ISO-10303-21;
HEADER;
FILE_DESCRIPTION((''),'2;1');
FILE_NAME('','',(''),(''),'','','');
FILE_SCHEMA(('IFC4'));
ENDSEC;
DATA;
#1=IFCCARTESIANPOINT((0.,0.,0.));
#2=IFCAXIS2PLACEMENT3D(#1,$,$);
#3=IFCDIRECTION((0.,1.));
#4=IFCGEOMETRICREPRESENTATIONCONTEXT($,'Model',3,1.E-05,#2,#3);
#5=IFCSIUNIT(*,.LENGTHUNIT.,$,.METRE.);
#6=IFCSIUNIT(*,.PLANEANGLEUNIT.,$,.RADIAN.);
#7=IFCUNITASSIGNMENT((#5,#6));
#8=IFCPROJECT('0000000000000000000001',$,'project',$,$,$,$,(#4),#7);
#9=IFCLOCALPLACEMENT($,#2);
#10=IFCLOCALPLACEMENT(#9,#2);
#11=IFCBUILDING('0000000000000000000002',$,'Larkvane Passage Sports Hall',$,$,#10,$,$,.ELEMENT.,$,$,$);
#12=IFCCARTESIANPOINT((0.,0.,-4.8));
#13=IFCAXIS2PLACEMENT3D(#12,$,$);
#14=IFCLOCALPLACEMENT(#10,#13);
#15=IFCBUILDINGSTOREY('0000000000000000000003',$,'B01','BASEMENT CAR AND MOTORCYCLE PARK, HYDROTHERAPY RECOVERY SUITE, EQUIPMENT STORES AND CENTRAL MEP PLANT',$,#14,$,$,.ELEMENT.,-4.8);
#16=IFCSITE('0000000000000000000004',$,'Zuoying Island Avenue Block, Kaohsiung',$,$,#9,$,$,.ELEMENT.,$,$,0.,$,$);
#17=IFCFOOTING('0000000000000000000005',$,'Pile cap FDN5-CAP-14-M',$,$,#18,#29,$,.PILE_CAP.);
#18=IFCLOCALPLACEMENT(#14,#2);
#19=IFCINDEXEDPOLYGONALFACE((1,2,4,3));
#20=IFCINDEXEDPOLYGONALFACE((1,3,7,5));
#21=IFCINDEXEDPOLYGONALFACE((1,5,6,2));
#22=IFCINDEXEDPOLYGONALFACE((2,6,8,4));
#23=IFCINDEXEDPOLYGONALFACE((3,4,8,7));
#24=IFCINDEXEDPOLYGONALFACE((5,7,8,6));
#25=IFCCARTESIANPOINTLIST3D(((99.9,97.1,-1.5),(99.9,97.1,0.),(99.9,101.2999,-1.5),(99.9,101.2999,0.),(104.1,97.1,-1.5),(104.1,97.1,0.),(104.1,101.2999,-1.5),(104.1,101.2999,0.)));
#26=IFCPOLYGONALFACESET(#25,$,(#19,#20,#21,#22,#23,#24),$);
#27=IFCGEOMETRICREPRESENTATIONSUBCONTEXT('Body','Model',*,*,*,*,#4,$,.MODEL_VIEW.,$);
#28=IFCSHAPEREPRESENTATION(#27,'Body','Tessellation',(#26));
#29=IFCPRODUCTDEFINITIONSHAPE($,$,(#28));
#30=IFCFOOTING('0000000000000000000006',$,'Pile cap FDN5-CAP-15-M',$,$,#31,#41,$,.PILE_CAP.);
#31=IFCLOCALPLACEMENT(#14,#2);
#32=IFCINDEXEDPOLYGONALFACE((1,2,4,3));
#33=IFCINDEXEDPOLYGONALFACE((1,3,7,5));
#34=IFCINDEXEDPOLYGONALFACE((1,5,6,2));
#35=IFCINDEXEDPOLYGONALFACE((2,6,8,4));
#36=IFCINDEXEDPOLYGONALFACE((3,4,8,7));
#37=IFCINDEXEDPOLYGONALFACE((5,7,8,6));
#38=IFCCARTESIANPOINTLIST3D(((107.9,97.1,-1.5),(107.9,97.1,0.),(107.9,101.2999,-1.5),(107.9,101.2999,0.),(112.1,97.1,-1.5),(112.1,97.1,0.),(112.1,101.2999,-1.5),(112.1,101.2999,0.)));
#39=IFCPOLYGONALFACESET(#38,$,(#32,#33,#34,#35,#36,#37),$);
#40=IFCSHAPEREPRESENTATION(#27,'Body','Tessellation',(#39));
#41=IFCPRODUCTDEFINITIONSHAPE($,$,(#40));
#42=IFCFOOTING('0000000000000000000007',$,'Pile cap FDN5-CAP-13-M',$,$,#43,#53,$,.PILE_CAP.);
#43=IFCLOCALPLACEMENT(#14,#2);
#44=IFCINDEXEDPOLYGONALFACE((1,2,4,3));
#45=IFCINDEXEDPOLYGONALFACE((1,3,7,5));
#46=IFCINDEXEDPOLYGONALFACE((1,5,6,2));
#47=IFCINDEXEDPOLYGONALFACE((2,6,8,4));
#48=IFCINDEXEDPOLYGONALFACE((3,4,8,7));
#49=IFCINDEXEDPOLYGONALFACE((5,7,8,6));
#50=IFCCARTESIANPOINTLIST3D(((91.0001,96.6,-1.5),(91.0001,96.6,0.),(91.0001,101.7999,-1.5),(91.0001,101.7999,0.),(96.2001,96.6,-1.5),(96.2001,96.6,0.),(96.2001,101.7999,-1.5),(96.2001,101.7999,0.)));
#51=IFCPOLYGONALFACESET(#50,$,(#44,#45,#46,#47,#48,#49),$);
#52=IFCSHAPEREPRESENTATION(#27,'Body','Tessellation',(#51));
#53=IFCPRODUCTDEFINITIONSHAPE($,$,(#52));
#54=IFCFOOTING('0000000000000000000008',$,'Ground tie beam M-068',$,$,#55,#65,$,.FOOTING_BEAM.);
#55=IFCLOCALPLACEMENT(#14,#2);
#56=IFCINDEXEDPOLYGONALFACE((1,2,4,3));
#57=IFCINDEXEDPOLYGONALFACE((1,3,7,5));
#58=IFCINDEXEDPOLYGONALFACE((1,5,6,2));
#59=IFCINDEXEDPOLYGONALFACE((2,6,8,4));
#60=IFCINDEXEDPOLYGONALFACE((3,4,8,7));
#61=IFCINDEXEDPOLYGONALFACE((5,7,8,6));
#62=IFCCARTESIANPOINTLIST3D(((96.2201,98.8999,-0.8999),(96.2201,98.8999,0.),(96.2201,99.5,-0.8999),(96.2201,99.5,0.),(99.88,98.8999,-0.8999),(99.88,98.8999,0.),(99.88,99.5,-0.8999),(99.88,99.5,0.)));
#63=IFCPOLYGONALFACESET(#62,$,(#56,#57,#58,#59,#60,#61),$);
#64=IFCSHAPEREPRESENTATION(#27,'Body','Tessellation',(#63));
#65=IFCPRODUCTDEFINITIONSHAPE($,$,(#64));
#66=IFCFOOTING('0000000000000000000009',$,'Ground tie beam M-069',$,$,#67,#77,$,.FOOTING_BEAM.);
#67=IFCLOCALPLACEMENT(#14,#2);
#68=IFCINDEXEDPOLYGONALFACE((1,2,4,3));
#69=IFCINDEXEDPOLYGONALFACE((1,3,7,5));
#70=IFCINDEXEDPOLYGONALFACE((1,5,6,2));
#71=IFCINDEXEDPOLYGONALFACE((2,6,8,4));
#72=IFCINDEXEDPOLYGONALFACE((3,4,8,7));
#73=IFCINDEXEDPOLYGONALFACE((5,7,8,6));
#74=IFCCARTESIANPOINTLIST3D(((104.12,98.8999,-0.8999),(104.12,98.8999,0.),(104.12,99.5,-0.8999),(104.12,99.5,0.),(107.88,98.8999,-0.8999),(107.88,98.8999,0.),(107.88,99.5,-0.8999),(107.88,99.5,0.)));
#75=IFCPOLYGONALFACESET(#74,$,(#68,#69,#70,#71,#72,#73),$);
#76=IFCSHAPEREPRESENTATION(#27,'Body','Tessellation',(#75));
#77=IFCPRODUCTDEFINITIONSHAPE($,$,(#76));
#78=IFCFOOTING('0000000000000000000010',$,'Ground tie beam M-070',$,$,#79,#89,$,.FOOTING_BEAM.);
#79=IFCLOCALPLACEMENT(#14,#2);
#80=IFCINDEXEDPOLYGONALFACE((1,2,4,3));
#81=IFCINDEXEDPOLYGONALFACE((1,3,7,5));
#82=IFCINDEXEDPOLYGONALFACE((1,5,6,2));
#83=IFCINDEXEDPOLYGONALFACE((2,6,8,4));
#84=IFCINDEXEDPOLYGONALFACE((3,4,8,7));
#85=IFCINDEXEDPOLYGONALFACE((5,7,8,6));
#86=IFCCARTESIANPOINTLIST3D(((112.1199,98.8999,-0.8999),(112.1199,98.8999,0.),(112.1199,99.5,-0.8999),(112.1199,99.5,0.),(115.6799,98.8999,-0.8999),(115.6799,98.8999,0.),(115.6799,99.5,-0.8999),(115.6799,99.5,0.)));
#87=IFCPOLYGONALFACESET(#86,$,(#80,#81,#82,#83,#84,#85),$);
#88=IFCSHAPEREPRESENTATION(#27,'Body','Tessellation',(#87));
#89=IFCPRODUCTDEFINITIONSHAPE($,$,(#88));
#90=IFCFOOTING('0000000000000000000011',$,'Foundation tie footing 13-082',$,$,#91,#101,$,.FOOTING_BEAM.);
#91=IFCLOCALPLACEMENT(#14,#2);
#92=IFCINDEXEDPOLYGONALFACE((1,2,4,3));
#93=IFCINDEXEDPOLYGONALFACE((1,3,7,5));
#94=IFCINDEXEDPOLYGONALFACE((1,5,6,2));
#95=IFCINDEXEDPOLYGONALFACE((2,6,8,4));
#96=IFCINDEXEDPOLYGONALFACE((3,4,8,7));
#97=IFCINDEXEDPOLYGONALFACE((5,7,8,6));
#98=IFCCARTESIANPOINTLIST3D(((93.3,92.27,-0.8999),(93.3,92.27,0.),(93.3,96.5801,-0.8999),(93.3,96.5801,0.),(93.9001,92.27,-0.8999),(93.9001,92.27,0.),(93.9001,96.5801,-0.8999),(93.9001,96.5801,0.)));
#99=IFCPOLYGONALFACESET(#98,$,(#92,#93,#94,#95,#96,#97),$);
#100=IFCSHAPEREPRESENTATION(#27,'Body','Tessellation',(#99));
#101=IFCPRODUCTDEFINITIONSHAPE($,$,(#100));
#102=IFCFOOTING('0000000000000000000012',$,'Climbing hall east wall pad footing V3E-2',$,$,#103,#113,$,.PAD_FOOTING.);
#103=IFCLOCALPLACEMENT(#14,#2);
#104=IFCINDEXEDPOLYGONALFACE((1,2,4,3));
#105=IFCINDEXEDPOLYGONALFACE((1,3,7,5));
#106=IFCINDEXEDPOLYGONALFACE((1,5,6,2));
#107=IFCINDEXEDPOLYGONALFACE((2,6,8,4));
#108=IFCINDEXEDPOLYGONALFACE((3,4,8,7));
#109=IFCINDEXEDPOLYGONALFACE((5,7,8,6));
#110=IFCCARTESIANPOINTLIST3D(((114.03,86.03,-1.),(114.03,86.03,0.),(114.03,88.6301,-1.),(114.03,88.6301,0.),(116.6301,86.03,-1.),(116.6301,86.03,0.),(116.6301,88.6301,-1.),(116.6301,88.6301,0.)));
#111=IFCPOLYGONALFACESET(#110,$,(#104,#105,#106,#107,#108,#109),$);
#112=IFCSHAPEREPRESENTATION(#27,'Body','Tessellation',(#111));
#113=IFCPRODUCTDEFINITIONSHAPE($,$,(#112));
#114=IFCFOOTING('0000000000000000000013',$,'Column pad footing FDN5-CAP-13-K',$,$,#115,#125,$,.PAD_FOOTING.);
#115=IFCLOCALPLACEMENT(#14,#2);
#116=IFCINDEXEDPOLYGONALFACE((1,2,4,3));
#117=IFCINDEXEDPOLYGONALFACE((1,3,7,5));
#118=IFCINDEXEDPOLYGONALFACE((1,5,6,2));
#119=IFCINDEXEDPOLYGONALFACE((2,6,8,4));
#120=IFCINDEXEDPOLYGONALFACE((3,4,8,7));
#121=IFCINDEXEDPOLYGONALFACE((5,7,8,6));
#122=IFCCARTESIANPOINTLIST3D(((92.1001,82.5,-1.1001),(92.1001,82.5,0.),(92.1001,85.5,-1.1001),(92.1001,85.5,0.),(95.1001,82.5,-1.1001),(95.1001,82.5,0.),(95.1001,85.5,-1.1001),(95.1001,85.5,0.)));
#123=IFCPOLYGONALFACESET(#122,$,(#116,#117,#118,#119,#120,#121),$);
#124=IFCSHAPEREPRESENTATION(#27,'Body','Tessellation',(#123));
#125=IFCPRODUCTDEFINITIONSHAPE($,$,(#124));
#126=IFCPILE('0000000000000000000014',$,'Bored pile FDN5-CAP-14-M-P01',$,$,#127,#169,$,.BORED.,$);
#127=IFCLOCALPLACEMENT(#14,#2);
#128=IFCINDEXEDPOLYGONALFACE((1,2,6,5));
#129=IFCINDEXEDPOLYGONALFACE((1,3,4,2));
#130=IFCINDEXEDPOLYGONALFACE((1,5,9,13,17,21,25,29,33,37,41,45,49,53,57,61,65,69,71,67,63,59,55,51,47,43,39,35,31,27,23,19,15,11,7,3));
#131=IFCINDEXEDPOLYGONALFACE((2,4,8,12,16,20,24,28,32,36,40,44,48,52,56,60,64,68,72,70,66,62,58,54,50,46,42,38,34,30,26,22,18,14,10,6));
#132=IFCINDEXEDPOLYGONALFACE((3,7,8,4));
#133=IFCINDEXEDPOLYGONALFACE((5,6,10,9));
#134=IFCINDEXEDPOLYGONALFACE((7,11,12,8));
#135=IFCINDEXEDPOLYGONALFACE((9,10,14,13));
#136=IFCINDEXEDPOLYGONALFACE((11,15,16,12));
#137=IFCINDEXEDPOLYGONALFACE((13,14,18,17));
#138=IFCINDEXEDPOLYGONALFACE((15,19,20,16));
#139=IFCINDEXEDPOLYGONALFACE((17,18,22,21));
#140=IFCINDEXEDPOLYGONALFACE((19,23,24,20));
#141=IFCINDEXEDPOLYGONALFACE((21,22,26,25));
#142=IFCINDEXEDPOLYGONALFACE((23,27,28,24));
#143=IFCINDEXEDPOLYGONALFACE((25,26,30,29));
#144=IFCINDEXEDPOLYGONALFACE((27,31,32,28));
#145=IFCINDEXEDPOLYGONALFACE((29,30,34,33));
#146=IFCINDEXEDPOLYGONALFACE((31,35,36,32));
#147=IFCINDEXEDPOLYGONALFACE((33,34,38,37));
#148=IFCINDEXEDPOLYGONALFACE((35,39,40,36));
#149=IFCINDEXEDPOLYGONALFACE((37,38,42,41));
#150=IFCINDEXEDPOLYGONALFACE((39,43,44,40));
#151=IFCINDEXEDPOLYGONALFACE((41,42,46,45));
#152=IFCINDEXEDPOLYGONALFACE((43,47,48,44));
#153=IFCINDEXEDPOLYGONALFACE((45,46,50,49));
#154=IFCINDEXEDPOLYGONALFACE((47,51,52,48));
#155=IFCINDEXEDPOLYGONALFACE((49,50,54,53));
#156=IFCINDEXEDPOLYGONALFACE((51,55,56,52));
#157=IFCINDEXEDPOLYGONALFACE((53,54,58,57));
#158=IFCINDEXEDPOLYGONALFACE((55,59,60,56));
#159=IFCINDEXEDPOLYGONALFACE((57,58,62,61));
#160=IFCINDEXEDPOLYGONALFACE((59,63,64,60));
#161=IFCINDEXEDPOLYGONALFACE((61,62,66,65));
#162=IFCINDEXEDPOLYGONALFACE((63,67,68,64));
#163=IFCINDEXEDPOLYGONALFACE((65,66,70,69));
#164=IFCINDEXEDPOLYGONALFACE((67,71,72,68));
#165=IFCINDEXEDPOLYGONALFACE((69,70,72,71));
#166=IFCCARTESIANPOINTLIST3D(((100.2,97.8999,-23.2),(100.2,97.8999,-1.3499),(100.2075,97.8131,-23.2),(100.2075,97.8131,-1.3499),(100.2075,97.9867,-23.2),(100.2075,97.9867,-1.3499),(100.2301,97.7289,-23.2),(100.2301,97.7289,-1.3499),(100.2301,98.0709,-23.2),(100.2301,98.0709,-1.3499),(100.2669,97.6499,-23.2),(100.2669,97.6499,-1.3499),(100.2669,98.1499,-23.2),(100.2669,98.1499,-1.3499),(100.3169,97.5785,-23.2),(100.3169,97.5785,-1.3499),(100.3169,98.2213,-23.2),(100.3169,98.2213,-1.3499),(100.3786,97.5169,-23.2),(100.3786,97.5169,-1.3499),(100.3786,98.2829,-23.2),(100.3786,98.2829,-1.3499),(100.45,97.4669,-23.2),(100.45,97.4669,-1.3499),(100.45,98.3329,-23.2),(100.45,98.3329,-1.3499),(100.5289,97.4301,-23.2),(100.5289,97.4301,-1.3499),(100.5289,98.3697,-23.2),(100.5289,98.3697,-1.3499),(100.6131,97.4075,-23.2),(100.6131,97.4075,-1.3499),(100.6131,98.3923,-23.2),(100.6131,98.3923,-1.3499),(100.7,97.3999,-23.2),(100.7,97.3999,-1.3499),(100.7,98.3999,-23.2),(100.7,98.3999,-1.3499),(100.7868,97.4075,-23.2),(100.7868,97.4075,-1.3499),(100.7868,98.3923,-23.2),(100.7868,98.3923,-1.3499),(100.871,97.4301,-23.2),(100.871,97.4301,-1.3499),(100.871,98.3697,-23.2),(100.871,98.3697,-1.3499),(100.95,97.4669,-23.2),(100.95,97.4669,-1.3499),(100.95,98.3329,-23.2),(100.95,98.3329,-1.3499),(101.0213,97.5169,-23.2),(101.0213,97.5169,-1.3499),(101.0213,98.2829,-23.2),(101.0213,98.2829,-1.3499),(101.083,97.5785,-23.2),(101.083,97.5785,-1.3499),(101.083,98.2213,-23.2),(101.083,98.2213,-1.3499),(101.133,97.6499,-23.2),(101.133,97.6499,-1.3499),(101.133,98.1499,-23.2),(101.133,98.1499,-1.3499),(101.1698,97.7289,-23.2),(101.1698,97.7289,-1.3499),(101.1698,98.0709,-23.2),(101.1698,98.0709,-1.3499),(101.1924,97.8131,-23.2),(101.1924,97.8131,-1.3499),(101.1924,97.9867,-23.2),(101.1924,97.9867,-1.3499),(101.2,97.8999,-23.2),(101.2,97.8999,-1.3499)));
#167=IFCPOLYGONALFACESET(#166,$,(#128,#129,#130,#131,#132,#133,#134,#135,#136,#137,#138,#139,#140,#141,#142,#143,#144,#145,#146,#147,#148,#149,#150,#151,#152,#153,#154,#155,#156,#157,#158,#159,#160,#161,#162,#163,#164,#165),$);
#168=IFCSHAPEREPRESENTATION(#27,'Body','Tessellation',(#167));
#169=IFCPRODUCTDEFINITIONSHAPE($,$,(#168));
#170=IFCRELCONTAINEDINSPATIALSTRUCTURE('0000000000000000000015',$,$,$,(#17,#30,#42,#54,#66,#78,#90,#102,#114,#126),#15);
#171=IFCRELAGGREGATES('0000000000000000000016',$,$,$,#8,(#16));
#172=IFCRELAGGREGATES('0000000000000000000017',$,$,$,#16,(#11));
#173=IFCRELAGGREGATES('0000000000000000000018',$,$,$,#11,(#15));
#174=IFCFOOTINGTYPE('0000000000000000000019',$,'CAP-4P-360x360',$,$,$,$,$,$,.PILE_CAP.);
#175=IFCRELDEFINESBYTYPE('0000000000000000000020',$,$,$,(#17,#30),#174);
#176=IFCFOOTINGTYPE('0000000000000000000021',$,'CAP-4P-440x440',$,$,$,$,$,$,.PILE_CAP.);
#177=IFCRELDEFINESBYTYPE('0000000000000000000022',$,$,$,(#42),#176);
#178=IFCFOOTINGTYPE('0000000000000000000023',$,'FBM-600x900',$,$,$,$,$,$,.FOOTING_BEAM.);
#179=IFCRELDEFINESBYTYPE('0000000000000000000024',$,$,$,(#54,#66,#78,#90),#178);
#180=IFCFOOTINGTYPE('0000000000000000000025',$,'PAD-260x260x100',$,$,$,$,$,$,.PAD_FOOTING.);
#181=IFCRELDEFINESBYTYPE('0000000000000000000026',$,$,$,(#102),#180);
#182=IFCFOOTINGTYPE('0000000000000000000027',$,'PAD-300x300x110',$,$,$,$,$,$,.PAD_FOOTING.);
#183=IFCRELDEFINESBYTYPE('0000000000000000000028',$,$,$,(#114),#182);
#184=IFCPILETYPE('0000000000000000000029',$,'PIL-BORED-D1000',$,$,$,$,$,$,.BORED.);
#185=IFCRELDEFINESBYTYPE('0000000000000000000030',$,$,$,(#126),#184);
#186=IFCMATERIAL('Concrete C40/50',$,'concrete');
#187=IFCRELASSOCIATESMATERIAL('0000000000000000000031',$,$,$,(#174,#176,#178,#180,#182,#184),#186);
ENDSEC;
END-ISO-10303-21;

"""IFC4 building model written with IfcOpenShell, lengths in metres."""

from ifc_helpers import new_model, si_unit, direction, frame, origin, origin_2d, place, context, subcontext, project, spatial, rectangle, circle, extrude, material, material_profile, profile_set, type_object, element, save


model = new_model("IFC4")

# Units and contexts
model_context = context("Model", 3, precision=1e-05, world=origin(), true_north=direction((0.0, 1.0)))
body_context = subcontext(model_context, "Body", "Model", "MODEL_VIEW")
ifc_project = project(units=[si_unit("LENGTHUNIT", "METRE"), si_unit("PLANEANGLEUNIT", "RADIAN")], contexts=[model_context])

# Site, building, storey
site_placement = place(None, origin())
site = spatial("IfcSite", under=ifc_project, at=site_placement, Name="Zuoying Island Avenue Block, Kaohsiung", CompositionType="ELEMENT", RefElevation=0.0)
building_placement = place(site_placement, origin())
building = spatial("IfcBuilding", under=site, at=building_placement, Name="Larkvane Passage Sports Hall", CompositionType="ELEMENT")
storey_placement = place(building_placement, frame((0.0, 0.0, -4.8)))
storey = spatial("IfcBuildingStorey", under=building, at=storey_placement, Name="B01", Description="BASEMENT CAR AND MOTORCYCLE PARK, HYDROTHERAPY RECOVERY SUITE, EQUIPMENT STORES AND CENTRAL MEP PLANT", CompositionType="ELEMENT", Elevation=-4.8)

# Footings
ifc_material_1 = material(Name="Concrete C40/50", Category="concrete")
footing_type_1 = type_object("IfcFootingType", Name="CAP-4P-360x360", PredefinedType="PILE_CAP", material=ifc_material_1)
for number, where, z_axis, x_axis, name in (
    (1, (102.0, 99.2, -1.5), (0.0, 0.0, 1.0), (1.0, 0.0, 0.0), "Pile cap FDN5-CAP-14-M"),
    (2, (110.0, 99.2, -1.5), (0.0, 0.0, 1.0), (1.0, 0.0, 0.0), "Pile cap FDN5-CAP-15-M"),
):
    element("IfcFooting", number, at=place(storey_placement, frame(where, z_axis=z_axis, x_axis=x_axis)), inside=storey, type_object=footing_type_1, Name=name, PredefinedType="PILE_CAP", context=body_context, shape_type="SweptSolid", body=[
        extrude(rectangle(XDim=4.2, YDim=4.2, at=origin_2d()), origin(), (0.0, 0.0, 1.0), 1.5),
    ])
footing_type_2 = type_object("IfcFootingType", Name="CAP-4P-440x440", PredefinedType="PILE_CAP", material=ifc_material_1)
footing_1_placement = place(storey_placement, frame((93.6001, 99.2, -1.5), z_axis=(0.0, 0.0, 1.0), x_axis=(1.0, 0.0, 0.0)))
element("IfcFooting", 3, at=footing_1_placement, inside=storey, type_object=footing_type_2, Name="Pile cap FDN5-CAP-13-M", PredefinedType="PILE_CAP", context=body_context, shape_type="SweptSolid", body=[
    extrude(rectangle(XDim=5.2, YDim=5.2, at=origin_2d()), origin(), (0.0, 0.0, 1.0), 1.5),
])
footing_type_3 = type_object("IfcFootingType", Name="FBM-600x900", PredefinedType="FOOTING_BEAM", material=ifc_material_1)
footing_2_placement = place(storey_placement, frame((98.05, 99.2, -0.8999), z_axis=(0.0, 0.0, 1.0), x_axis=(1.0, 0.0, 0.0)))
element("IfcFooting", 4, at=footing_2_placement, inside=storey, type_object=footing_type_3, Name="Ground tie beam M-068", PredefinedType="FOOTING_BEAM", context=body_context, shape_type="SweptSolid", body=[
    extrude(rectangle(XDim=3.6599, YDim=0.6001, at=origin_2d()), origin(), (0.0, 0.0, 1.0), 0.8999),
])
footing_3_placement = place(storey_placement, frame((106.0, 99.2, -0.8999), z_axis=(0.0, 0.0, 1.0), x_axis=(1.0, 0.0, 0.0)))
element("IfcFooting", 5, at=footing_3_placement, inside=storey, type_object=footing_type_3, Name="Ground tie beam M-069", PredefinedType="FOOTING_BEAM", context=body_context, shape_type="SweptSolid", body=[
    extrude(rectangle(XDim=3.76, YDim=0.6001, at=origin_2d()), origin(), (0.0, 0.0, 1.0), 0.8999),
])
footing_4_placement = place(storey_placement, frame((113.8999, 99.2, -0.8999), z_axis=(0.0, 0.0, 1.0), x_axis=(1.0, 0.0, 0.0)))
element("IfcFooting", 6, at=footing_4_placement, inside=storey, type_object=footing_type_3, Name="Ground tie beam M-070", PredefinedType="FOOTING_BEAM", context=body_context, shape_type="SweptSolid", body=[
    extrude(rectangle(XDim=3.5601, YDim=0.6001, at=origin_2d()), origin(), (0.0, 0.0, 1.0), 0.8999),
])
footing_5_placement = place(storey_placement, frame((93.6001, 94.425, -0.8999), z_axis=(0.0, 0.0, 1.0), x_axis=(1.0, 0.0, 0.0)))
element("IfcFooting", 7, at=footing_5_placement, inside=storey, type_object=footing_type_3, Name="Foundation tie footing 13-082", PredefinedType="FOOTING_BEAM", context=body_context, shape_type="SweptSolid", body=[
    extrude(rectangle(XDim=0.6001, YDim=4.3101, at=origin_2d()), origin(), (0.0, 0.0, 1.0), 0.8999),
])
footing_type_4 = type_object("IfcFootingType", Name="PAD-260x260x100", PredefinedType="PAD_FOOTING", material=ifc_material_1)
footing_6_placement = place(storey_placement, frame((115.3301, 87.3301, -1.0), z_axis=(0.0, 0.0, 1.0), x_axis=(1.0, 0.0, 0.0)))
element("IfcFooting", 8, at=footing_6_placement, inside=storey, type_object=footing_type_4, Name="Climbing hall east wall pad footing V3E-2", PredefinedType="PAD_FOOTING", context=body_context, shape_type="SweptSolid", body=[
    extrude(rectangle(XDim=2.6001, YDim=2.6001, at=origin_2d()), origin(), (0.0, 0.0, 1.0), 1.0),
])
footing_type_5 = type_object("IfcFootingType", Name="PAD-300x300x110", PredefinedType="PAD_FOOTING", material=ifc_material_1)
footing_7_placement = place(storey_placement, frame((93.6001, 84.0, -1.1001), z_axis=(0.0, 0.0, 1.0), x_axis=(1.0, 0.0, 0.0)))
element("IfcFooting", 9, at=footing_7_placement, inside=storey, type_object=footing_type_5, Name="Column pad footing FDN5-CAP-13-K", PredefinedType="PAD_FOOTING", context=body_context, shape_type="SweptSolid", body=[
    extrude(rectangle(XDim=3.0, YDim=3.0, at=origin_2d()), origin(), (0.0, 0.0, 1.0), 1.1001),
])

# Pile
ifc_material_profile_1 = material_profile(ifc_material_1, circle(Radius=0.5, at=origin_2d()), Name="PILE-D1000")
ifc_profile_set_1 = profile_set([ifc_material_profile_1], Name="Concrete C40/50")
pile_type_1 = type_object("IfcPileType", Name="PIL-BORED-D1000", PredefinedType="BORED", material=ifc_profile_set_1)
for number, where, z_axis, x_axis, name in (
    (10, (100.7, 97.8999, -1.3499), (0.0, 0.0, -1.0), (1.0, 0.0, 0.0), "Bored pile FDN5-CAP-14-M-P01"),
):
    element("IfcPile", number, at=place(storey_placement, frame(where, z_axis=z_axis, x_axis=x_axis)), inside=storey, type_object=pile_type_1, Name=name, PredefinedType="BORED", context=body_context, shape_type="SweptSolid", body=[
        extrude(circle(Radius=0.5, at=origin_2d()), origin(), (0.0, 0.0, 1.0), 21.8501),
    ])

save(model, "model.ifc")
